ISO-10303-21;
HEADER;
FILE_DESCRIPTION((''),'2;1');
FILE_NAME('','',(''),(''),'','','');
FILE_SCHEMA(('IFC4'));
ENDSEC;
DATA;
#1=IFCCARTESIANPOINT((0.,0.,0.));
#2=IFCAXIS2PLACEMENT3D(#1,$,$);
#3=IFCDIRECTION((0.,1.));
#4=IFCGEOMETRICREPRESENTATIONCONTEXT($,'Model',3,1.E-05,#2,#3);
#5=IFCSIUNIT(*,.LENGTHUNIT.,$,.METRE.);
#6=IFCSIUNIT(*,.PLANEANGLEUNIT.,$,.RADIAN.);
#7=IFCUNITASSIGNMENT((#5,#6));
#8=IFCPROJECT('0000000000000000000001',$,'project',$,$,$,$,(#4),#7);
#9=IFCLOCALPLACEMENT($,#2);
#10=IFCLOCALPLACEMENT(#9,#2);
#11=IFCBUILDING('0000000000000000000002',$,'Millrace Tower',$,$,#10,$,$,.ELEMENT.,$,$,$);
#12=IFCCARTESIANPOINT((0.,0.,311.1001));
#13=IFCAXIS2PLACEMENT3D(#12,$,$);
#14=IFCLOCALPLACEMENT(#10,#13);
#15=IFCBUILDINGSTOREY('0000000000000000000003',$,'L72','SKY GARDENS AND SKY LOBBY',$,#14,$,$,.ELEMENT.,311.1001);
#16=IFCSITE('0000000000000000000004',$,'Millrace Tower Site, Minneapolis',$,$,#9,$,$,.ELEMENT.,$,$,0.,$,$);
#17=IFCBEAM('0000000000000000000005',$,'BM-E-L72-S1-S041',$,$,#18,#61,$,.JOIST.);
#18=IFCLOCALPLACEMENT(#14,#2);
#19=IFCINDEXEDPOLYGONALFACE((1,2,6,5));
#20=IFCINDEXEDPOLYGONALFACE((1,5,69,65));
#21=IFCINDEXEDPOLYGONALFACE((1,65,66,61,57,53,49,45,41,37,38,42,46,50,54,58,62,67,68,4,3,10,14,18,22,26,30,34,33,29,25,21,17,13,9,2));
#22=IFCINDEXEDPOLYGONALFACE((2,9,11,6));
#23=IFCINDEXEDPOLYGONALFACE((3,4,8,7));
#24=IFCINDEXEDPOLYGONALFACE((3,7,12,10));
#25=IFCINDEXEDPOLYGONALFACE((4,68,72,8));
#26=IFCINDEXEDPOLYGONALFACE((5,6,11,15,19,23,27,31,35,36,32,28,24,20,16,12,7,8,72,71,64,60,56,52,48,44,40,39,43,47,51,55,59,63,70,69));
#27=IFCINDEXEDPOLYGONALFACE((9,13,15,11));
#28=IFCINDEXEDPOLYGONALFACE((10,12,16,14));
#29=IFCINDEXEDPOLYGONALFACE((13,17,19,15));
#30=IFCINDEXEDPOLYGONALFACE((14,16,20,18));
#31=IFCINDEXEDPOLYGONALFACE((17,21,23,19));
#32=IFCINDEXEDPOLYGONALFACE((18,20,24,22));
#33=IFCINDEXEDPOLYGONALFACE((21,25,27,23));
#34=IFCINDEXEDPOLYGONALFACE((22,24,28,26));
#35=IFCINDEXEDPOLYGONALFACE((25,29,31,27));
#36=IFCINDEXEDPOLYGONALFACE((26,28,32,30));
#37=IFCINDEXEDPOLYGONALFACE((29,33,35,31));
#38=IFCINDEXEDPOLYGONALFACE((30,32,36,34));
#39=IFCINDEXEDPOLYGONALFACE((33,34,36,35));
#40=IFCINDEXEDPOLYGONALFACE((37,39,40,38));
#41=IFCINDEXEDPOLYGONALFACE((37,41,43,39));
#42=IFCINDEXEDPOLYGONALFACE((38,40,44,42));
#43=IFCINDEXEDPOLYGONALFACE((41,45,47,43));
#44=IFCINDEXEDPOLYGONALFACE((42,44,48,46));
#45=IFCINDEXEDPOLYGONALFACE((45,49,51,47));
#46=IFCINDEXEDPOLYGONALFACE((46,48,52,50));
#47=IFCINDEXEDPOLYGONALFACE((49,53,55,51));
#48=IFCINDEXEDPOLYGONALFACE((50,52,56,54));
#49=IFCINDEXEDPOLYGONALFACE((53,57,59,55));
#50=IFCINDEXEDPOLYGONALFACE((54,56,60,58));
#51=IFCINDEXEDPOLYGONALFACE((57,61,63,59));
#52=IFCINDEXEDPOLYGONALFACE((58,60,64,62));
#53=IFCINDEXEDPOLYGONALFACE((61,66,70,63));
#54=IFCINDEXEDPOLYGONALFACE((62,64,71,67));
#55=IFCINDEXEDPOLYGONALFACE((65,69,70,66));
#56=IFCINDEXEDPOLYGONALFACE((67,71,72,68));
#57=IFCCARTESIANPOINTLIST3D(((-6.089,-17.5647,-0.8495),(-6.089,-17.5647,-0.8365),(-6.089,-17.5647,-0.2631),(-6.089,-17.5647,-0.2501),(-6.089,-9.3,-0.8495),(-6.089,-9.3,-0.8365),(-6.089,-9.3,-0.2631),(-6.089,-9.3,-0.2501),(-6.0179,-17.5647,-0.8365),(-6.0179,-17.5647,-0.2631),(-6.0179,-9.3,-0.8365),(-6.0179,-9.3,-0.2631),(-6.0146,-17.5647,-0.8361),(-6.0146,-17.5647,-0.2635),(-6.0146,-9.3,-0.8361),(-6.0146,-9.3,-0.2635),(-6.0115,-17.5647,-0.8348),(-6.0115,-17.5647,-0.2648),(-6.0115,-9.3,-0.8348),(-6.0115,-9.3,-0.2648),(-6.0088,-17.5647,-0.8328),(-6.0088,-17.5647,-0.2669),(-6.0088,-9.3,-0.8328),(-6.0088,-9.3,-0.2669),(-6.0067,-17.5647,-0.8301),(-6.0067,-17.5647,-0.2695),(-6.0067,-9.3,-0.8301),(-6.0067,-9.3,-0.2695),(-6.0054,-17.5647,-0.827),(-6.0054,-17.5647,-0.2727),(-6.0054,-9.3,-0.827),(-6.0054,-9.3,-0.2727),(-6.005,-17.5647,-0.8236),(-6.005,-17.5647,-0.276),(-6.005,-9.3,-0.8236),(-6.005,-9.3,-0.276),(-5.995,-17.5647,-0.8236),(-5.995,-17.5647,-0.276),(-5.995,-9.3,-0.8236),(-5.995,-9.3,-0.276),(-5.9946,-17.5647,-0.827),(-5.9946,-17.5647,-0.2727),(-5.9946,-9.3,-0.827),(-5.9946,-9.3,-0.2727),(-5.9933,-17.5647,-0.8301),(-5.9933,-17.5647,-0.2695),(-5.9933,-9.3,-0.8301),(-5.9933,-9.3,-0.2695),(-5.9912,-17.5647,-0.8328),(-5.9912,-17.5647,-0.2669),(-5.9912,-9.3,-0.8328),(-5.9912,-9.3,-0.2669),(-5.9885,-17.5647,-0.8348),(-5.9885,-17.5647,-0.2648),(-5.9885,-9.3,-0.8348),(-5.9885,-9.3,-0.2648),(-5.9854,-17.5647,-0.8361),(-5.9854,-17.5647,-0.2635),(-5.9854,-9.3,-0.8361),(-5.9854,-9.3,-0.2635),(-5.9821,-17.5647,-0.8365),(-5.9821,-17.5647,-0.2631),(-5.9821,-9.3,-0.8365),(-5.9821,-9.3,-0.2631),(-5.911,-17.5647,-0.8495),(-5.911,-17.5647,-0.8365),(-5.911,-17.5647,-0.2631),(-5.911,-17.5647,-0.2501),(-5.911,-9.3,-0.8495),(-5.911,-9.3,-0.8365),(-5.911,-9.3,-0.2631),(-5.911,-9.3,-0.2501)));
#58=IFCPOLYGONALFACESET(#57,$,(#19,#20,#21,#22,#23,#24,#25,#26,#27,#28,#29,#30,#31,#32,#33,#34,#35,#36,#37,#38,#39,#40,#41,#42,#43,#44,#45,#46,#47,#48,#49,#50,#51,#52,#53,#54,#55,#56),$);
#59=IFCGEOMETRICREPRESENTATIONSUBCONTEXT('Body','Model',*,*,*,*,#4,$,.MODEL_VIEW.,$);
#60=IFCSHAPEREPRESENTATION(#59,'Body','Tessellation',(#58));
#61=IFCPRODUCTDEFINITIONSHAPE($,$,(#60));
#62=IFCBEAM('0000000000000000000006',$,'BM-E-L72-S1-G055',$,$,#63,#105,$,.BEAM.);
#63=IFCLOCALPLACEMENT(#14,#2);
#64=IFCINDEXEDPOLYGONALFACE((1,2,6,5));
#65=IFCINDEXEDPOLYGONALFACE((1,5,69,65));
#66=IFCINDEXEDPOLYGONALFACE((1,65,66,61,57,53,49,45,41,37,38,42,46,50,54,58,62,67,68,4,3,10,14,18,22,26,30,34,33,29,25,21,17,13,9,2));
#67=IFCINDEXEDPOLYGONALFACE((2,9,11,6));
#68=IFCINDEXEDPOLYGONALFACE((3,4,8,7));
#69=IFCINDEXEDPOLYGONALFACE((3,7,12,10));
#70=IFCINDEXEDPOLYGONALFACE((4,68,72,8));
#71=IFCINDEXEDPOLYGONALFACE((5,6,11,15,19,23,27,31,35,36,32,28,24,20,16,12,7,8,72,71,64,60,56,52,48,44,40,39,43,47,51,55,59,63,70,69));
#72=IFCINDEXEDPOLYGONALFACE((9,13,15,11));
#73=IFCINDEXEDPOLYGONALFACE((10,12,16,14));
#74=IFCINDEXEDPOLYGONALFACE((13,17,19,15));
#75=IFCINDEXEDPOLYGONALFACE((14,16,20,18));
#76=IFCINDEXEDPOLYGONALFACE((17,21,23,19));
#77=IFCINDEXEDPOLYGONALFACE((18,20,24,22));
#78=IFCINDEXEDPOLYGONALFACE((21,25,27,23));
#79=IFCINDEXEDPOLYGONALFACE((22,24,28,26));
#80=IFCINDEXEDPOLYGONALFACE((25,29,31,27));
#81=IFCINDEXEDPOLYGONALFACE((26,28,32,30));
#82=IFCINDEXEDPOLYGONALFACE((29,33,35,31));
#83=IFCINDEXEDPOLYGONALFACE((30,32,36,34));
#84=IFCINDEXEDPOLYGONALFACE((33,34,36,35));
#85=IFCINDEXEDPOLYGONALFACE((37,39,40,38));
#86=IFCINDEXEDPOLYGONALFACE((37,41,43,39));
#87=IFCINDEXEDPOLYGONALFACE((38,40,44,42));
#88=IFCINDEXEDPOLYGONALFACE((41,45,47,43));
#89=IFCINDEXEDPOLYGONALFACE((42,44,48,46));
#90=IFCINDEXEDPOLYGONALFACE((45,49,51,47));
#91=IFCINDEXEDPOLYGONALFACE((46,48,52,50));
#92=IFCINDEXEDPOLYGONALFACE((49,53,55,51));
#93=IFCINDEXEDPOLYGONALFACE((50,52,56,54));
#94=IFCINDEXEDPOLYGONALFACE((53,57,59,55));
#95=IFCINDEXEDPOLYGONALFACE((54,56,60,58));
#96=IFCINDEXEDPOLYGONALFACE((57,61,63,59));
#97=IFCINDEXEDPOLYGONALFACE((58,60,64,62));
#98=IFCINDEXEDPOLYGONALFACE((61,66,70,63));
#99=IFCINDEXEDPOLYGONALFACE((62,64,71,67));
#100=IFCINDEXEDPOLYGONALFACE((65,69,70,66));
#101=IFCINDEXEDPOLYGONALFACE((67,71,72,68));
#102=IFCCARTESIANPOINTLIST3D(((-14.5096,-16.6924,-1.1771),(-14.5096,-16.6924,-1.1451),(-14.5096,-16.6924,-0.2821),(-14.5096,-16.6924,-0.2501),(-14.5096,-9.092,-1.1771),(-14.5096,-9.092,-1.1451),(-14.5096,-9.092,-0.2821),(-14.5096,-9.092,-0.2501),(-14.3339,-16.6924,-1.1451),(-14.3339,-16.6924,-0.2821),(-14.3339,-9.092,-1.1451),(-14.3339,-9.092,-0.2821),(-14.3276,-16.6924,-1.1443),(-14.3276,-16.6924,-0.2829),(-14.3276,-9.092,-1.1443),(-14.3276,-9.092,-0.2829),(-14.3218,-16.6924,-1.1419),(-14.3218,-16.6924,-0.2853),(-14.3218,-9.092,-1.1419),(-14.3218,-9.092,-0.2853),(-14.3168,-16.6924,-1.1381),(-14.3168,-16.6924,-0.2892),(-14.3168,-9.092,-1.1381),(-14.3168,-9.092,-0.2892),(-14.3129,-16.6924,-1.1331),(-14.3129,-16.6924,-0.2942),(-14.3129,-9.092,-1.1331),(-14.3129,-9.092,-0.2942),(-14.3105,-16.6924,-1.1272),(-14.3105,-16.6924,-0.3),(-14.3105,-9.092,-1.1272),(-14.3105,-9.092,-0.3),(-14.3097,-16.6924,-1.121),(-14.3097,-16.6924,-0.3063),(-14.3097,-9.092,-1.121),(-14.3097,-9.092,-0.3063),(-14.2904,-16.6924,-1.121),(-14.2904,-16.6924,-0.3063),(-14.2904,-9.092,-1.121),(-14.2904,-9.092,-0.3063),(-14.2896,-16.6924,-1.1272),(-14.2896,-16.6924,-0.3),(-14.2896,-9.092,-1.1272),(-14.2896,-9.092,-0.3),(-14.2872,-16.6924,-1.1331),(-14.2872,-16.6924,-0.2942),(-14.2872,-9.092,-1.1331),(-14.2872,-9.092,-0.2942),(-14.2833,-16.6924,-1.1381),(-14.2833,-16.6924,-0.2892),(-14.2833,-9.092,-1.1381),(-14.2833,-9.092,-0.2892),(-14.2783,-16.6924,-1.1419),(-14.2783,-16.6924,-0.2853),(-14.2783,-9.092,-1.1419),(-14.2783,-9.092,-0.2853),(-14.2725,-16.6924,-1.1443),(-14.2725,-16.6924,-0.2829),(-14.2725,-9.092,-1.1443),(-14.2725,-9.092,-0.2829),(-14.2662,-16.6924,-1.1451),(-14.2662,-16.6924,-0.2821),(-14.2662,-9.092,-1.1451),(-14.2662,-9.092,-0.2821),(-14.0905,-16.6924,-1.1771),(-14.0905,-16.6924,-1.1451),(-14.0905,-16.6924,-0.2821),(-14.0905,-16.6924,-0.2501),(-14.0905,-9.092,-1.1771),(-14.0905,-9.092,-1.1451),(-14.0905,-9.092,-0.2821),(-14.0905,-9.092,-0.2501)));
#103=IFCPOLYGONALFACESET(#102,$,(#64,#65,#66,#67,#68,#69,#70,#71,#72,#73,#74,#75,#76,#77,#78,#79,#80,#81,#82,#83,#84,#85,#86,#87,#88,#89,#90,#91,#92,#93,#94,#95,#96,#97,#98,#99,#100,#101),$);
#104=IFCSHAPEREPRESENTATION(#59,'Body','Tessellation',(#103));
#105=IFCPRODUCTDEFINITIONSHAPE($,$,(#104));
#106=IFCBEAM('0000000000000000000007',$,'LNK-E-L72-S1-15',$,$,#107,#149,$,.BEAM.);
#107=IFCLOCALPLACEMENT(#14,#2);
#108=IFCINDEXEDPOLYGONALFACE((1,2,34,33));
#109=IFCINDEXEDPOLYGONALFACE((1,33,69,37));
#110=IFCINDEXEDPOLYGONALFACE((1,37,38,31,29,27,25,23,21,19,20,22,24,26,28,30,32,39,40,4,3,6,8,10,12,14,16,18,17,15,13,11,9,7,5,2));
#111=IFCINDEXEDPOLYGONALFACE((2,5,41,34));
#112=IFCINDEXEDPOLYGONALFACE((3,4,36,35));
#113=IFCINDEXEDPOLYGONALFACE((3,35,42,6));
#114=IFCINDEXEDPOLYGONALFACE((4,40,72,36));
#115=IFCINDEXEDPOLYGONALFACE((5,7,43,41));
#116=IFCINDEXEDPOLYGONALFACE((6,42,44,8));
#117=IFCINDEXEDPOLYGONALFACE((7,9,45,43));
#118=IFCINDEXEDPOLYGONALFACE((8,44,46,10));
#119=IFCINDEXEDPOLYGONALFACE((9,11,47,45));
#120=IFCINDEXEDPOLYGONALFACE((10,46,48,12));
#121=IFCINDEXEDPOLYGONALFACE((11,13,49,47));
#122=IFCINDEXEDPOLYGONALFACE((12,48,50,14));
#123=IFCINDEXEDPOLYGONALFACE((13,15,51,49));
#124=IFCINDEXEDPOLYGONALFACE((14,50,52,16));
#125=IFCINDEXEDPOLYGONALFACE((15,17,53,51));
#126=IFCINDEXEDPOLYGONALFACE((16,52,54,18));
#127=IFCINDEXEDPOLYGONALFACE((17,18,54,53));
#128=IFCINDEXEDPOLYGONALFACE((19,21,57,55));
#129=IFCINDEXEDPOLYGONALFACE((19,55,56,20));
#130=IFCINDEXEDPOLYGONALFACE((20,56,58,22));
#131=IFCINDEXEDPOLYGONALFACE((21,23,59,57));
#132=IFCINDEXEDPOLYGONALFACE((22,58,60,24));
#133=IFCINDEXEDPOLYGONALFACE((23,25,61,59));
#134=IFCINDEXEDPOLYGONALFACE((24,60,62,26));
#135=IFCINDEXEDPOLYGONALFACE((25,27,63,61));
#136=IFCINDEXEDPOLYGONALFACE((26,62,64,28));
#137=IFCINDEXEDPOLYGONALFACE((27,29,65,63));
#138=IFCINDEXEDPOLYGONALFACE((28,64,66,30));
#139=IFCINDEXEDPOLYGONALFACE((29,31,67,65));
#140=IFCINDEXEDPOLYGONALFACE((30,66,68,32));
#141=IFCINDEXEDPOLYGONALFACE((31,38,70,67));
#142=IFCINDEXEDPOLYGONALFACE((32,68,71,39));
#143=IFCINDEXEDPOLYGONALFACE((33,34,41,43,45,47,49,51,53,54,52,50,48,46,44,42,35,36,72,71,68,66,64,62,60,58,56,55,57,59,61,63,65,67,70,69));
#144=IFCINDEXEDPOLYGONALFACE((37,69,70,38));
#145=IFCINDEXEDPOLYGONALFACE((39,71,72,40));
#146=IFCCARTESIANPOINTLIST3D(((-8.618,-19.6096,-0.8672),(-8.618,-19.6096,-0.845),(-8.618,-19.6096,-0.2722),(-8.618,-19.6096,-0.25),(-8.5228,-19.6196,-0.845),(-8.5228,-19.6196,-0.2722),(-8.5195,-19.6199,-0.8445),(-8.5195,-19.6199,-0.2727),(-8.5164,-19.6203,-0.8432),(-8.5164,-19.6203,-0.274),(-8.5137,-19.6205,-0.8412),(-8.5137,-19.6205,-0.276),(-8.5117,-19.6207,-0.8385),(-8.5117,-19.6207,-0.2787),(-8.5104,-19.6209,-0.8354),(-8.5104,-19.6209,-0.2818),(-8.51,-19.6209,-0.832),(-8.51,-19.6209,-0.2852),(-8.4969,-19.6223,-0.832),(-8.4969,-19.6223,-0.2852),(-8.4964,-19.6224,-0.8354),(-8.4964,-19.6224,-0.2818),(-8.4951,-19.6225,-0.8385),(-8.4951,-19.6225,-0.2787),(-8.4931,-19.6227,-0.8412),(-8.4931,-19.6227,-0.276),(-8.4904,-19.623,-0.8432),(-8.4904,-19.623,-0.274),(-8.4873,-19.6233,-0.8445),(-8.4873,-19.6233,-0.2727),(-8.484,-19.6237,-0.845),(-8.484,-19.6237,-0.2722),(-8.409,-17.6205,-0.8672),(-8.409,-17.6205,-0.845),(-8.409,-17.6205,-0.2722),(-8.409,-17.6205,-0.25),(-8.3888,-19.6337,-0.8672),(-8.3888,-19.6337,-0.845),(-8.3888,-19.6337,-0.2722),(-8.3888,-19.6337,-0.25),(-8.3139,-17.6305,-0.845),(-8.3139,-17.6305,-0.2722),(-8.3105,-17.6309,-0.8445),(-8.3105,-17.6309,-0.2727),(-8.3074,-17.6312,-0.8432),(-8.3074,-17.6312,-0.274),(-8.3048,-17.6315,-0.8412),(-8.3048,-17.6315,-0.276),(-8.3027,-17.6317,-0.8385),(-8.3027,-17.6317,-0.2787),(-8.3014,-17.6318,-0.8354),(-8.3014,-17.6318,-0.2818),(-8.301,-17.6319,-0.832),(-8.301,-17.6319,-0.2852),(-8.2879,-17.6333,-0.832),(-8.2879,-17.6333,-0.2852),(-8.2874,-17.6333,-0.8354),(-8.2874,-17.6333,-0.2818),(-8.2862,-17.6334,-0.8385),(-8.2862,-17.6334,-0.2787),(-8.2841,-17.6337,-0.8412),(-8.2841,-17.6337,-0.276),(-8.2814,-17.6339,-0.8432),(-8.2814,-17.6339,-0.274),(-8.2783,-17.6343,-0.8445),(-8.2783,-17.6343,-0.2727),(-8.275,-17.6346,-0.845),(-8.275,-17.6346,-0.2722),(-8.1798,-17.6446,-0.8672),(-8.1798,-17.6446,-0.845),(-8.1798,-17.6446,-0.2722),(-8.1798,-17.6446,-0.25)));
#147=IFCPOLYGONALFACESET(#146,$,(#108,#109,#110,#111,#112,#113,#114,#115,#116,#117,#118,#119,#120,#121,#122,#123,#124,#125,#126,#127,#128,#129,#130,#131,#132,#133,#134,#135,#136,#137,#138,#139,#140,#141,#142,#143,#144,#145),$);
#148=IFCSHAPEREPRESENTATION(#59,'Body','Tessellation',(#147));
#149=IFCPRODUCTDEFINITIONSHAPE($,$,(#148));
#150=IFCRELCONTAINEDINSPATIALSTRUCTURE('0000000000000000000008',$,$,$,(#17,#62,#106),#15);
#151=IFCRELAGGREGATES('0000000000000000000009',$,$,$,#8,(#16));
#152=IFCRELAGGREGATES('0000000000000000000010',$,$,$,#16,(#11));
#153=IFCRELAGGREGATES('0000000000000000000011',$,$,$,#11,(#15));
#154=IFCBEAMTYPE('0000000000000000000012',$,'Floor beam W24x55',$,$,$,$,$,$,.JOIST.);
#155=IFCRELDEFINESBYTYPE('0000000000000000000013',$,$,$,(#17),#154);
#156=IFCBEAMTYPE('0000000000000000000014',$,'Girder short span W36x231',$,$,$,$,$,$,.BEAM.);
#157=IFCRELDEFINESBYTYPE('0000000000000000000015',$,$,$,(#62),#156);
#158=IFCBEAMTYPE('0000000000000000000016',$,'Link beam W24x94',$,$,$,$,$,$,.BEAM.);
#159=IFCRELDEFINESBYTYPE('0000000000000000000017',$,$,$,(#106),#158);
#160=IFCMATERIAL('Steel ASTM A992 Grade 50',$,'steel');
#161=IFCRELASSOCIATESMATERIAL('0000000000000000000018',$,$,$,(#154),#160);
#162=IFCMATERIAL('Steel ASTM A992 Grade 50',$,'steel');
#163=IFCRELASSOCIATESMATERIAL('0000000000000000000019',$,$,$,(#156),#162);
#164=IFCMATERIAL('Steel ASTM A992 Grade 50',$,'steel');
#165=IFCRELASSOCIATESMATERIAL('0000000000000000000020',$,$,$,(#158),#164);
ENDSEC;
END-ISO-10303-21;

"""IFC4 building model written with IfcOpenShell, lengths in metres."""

from ifc_helpers import new_model, si_unit, direction, frame, origin, origin_2d, place, context, subcontext, project, spatial, i_section, extrude, material, material_profile, profile_set, type_object, element, save


model = new_model("IFC4")

# Units and contexts
model_context = context("Model", 3, precision=1e-05, world=origin(), true_north=direction((0.0, 1.0)))
body_context = subcontext(model_context, "Body", "Model", "MODEL_VIEW")
ifc_project = project(units=[si_unit("LENGTHUNIT", "METRE"), si_unit("PLANEANGLEUNIT", "RADIAN")], contexts=[model_context])

# Site, building, storey
site_placement = place(None, origin())
site = spatial("IfcSite", under=ifc_project, at=site_placement, Name="Millrace Tower Site, Minneapolis", CompositionType="ELEMENT", RefElevation=0.0)
building_placement = place(site_placement, origin())
building = spatial("IfcBuilding", under=site, at=building_placement, Name="Millrace Tower", CompositionType="ELEMENT")
storey_placement = place(building_placement, frame((0.0, 0.0, 311.1001)))
storey = spatial("IfcBuildingStorey", under=building, at=storey_placement, Name="L72", Description="SKY GARDENS AND SKY LOBBY", CompositionType="ELEMENT", Elevation=311.1001)

# Beams
ifc_material_1 = material(Name="Steel ASTM A992 Grade 50", Category="steel")
ifc_material_profile_1 = material_profile(ifc_material_1, i_section(OverallWidth=0.178, OverallDepth=0.5994, WebThickness=0.01, FlangeThickness=0.0129, FilletRadius=0.0129, at=origin_2d()))
ifc_profile_set_1 = profile_set([ifc_material_profile_1], Name="Steel ASTM A992 Grade 50")
beam_type_1 = type_object("IfcBeamType", Name="Floor beam W24x55", PredefinedType="JOIST", material=ifc_profile_set_1)
beam_1_placement = place(storey_placement, frame((-6.0, -17.5647, -0.5498), z_axis=(0.0, 1.0, 0.0), x_axis=(-1.0, 0.0, 0.0)))
element("IfcBeam", 1, at=beam_1_placement, inside=storey, type_object=beam_type_1, Name="BM-E-L72-S1-S041", PredefinedType="JOIST", context=body_context, shape_type="SweptSolid", body=[
    extrude(i_section(OverallWidth=0.178, OverallDepth=0.5994, WebThickness=0.01, FlangeThickness=0.0129, FilletRadius=0.0129, at=origin_2d()), origin(), (0.0, 0.0, 1.0), 8.2646),
])
ifc_material_2 = material(Name="Steel ASTM A992 Grade 50", Category="steel")
ifc_material_profile_2 = material_profile(ifc_material_2, i_section(OverallWidth=0.4192, OverallDepth=0.927, WebThickness=0.0193, FlangeThickness=0.032, FilletRadius=0.0242, at=origin_2d()))
ifc_profile_set_2 = profile_set([ifc_material_profile_2], Name="Steel ASTM A992 Grade 50")
beam_type_2 = type_object("IfcBeamType", Name="Girder short span W36x231", PredefinedType="BEAM", material=ifc_profile_set_2)
beam_2_placement = place(storey_placement, frame((-14.3, -16.6924, -0.7136), z_axis=(0.0, 1.0, 0.0), x_axis=(-1.0, 0.0, 0.0)))
element("IfcBeam", 2, at=beam_2_placement, inside=storey, type_object=beam_type_2, Name="BM-E-L72-S1-G055", PredefinedType="BEAM", context=body_context, shape_type="SweptSolid", body=[
    extrude(i_section(OverallWidth=0.4192, OverallDepth=0.927, WebThickness=0.0193, FlangeThickness=0.032, FilletRadius=0.0242, at=origin_2d()), origin(), (0.0, 0.0, 1.0), 7.6003),
])
ifc_material_3 = material(Name="Steel ASTM A992 Grade 50", Category="steel")
ifc_material_profile_3 = material_profile(ifc_material_3, i_section(OverallWidth=0.2305, OverallDepth=0.6172, WebThickness=0.0132, FlangeThickness=0.0222, FilletRadius=0.0129, at=origin_2d()))
ifc_profile_set_3 = profile_set([ifc_material_profile_3], Name="Steel ASTM A992 Grade 50")
beam_type_3 = type_object("IfcBeamType", Name="Link beam W24x94", PredefinedType="BEAM", material=ifc_profile_set_3)
beam_3_placement = place(storey_placement, frame((-8.2944, -17.6326, -0.5586), z_axis=(-0.104494, -0.994526, 0.0), x_axis=(0.994526, -0.104494, 0.0)))
element("IfcBeam", 3, at=beam_3_placement, inside=storey, type_object=beam_type_3, Name="LNK-E-L72-S1-15", PredefinedType="BEAM", context=body_context, shape_type="SweptSolid", body=[
    extrude(i_section(OverallWidth=0.2305, OverallDepth=0.6172, WebThickness=0.0132, FlangeThickness=0.0222, FilletRadius=0.0129, at=origin_2d()), origin(), (0.0, 0.0, 1.0), 2.0),
])

save(model, "model.ifc")
